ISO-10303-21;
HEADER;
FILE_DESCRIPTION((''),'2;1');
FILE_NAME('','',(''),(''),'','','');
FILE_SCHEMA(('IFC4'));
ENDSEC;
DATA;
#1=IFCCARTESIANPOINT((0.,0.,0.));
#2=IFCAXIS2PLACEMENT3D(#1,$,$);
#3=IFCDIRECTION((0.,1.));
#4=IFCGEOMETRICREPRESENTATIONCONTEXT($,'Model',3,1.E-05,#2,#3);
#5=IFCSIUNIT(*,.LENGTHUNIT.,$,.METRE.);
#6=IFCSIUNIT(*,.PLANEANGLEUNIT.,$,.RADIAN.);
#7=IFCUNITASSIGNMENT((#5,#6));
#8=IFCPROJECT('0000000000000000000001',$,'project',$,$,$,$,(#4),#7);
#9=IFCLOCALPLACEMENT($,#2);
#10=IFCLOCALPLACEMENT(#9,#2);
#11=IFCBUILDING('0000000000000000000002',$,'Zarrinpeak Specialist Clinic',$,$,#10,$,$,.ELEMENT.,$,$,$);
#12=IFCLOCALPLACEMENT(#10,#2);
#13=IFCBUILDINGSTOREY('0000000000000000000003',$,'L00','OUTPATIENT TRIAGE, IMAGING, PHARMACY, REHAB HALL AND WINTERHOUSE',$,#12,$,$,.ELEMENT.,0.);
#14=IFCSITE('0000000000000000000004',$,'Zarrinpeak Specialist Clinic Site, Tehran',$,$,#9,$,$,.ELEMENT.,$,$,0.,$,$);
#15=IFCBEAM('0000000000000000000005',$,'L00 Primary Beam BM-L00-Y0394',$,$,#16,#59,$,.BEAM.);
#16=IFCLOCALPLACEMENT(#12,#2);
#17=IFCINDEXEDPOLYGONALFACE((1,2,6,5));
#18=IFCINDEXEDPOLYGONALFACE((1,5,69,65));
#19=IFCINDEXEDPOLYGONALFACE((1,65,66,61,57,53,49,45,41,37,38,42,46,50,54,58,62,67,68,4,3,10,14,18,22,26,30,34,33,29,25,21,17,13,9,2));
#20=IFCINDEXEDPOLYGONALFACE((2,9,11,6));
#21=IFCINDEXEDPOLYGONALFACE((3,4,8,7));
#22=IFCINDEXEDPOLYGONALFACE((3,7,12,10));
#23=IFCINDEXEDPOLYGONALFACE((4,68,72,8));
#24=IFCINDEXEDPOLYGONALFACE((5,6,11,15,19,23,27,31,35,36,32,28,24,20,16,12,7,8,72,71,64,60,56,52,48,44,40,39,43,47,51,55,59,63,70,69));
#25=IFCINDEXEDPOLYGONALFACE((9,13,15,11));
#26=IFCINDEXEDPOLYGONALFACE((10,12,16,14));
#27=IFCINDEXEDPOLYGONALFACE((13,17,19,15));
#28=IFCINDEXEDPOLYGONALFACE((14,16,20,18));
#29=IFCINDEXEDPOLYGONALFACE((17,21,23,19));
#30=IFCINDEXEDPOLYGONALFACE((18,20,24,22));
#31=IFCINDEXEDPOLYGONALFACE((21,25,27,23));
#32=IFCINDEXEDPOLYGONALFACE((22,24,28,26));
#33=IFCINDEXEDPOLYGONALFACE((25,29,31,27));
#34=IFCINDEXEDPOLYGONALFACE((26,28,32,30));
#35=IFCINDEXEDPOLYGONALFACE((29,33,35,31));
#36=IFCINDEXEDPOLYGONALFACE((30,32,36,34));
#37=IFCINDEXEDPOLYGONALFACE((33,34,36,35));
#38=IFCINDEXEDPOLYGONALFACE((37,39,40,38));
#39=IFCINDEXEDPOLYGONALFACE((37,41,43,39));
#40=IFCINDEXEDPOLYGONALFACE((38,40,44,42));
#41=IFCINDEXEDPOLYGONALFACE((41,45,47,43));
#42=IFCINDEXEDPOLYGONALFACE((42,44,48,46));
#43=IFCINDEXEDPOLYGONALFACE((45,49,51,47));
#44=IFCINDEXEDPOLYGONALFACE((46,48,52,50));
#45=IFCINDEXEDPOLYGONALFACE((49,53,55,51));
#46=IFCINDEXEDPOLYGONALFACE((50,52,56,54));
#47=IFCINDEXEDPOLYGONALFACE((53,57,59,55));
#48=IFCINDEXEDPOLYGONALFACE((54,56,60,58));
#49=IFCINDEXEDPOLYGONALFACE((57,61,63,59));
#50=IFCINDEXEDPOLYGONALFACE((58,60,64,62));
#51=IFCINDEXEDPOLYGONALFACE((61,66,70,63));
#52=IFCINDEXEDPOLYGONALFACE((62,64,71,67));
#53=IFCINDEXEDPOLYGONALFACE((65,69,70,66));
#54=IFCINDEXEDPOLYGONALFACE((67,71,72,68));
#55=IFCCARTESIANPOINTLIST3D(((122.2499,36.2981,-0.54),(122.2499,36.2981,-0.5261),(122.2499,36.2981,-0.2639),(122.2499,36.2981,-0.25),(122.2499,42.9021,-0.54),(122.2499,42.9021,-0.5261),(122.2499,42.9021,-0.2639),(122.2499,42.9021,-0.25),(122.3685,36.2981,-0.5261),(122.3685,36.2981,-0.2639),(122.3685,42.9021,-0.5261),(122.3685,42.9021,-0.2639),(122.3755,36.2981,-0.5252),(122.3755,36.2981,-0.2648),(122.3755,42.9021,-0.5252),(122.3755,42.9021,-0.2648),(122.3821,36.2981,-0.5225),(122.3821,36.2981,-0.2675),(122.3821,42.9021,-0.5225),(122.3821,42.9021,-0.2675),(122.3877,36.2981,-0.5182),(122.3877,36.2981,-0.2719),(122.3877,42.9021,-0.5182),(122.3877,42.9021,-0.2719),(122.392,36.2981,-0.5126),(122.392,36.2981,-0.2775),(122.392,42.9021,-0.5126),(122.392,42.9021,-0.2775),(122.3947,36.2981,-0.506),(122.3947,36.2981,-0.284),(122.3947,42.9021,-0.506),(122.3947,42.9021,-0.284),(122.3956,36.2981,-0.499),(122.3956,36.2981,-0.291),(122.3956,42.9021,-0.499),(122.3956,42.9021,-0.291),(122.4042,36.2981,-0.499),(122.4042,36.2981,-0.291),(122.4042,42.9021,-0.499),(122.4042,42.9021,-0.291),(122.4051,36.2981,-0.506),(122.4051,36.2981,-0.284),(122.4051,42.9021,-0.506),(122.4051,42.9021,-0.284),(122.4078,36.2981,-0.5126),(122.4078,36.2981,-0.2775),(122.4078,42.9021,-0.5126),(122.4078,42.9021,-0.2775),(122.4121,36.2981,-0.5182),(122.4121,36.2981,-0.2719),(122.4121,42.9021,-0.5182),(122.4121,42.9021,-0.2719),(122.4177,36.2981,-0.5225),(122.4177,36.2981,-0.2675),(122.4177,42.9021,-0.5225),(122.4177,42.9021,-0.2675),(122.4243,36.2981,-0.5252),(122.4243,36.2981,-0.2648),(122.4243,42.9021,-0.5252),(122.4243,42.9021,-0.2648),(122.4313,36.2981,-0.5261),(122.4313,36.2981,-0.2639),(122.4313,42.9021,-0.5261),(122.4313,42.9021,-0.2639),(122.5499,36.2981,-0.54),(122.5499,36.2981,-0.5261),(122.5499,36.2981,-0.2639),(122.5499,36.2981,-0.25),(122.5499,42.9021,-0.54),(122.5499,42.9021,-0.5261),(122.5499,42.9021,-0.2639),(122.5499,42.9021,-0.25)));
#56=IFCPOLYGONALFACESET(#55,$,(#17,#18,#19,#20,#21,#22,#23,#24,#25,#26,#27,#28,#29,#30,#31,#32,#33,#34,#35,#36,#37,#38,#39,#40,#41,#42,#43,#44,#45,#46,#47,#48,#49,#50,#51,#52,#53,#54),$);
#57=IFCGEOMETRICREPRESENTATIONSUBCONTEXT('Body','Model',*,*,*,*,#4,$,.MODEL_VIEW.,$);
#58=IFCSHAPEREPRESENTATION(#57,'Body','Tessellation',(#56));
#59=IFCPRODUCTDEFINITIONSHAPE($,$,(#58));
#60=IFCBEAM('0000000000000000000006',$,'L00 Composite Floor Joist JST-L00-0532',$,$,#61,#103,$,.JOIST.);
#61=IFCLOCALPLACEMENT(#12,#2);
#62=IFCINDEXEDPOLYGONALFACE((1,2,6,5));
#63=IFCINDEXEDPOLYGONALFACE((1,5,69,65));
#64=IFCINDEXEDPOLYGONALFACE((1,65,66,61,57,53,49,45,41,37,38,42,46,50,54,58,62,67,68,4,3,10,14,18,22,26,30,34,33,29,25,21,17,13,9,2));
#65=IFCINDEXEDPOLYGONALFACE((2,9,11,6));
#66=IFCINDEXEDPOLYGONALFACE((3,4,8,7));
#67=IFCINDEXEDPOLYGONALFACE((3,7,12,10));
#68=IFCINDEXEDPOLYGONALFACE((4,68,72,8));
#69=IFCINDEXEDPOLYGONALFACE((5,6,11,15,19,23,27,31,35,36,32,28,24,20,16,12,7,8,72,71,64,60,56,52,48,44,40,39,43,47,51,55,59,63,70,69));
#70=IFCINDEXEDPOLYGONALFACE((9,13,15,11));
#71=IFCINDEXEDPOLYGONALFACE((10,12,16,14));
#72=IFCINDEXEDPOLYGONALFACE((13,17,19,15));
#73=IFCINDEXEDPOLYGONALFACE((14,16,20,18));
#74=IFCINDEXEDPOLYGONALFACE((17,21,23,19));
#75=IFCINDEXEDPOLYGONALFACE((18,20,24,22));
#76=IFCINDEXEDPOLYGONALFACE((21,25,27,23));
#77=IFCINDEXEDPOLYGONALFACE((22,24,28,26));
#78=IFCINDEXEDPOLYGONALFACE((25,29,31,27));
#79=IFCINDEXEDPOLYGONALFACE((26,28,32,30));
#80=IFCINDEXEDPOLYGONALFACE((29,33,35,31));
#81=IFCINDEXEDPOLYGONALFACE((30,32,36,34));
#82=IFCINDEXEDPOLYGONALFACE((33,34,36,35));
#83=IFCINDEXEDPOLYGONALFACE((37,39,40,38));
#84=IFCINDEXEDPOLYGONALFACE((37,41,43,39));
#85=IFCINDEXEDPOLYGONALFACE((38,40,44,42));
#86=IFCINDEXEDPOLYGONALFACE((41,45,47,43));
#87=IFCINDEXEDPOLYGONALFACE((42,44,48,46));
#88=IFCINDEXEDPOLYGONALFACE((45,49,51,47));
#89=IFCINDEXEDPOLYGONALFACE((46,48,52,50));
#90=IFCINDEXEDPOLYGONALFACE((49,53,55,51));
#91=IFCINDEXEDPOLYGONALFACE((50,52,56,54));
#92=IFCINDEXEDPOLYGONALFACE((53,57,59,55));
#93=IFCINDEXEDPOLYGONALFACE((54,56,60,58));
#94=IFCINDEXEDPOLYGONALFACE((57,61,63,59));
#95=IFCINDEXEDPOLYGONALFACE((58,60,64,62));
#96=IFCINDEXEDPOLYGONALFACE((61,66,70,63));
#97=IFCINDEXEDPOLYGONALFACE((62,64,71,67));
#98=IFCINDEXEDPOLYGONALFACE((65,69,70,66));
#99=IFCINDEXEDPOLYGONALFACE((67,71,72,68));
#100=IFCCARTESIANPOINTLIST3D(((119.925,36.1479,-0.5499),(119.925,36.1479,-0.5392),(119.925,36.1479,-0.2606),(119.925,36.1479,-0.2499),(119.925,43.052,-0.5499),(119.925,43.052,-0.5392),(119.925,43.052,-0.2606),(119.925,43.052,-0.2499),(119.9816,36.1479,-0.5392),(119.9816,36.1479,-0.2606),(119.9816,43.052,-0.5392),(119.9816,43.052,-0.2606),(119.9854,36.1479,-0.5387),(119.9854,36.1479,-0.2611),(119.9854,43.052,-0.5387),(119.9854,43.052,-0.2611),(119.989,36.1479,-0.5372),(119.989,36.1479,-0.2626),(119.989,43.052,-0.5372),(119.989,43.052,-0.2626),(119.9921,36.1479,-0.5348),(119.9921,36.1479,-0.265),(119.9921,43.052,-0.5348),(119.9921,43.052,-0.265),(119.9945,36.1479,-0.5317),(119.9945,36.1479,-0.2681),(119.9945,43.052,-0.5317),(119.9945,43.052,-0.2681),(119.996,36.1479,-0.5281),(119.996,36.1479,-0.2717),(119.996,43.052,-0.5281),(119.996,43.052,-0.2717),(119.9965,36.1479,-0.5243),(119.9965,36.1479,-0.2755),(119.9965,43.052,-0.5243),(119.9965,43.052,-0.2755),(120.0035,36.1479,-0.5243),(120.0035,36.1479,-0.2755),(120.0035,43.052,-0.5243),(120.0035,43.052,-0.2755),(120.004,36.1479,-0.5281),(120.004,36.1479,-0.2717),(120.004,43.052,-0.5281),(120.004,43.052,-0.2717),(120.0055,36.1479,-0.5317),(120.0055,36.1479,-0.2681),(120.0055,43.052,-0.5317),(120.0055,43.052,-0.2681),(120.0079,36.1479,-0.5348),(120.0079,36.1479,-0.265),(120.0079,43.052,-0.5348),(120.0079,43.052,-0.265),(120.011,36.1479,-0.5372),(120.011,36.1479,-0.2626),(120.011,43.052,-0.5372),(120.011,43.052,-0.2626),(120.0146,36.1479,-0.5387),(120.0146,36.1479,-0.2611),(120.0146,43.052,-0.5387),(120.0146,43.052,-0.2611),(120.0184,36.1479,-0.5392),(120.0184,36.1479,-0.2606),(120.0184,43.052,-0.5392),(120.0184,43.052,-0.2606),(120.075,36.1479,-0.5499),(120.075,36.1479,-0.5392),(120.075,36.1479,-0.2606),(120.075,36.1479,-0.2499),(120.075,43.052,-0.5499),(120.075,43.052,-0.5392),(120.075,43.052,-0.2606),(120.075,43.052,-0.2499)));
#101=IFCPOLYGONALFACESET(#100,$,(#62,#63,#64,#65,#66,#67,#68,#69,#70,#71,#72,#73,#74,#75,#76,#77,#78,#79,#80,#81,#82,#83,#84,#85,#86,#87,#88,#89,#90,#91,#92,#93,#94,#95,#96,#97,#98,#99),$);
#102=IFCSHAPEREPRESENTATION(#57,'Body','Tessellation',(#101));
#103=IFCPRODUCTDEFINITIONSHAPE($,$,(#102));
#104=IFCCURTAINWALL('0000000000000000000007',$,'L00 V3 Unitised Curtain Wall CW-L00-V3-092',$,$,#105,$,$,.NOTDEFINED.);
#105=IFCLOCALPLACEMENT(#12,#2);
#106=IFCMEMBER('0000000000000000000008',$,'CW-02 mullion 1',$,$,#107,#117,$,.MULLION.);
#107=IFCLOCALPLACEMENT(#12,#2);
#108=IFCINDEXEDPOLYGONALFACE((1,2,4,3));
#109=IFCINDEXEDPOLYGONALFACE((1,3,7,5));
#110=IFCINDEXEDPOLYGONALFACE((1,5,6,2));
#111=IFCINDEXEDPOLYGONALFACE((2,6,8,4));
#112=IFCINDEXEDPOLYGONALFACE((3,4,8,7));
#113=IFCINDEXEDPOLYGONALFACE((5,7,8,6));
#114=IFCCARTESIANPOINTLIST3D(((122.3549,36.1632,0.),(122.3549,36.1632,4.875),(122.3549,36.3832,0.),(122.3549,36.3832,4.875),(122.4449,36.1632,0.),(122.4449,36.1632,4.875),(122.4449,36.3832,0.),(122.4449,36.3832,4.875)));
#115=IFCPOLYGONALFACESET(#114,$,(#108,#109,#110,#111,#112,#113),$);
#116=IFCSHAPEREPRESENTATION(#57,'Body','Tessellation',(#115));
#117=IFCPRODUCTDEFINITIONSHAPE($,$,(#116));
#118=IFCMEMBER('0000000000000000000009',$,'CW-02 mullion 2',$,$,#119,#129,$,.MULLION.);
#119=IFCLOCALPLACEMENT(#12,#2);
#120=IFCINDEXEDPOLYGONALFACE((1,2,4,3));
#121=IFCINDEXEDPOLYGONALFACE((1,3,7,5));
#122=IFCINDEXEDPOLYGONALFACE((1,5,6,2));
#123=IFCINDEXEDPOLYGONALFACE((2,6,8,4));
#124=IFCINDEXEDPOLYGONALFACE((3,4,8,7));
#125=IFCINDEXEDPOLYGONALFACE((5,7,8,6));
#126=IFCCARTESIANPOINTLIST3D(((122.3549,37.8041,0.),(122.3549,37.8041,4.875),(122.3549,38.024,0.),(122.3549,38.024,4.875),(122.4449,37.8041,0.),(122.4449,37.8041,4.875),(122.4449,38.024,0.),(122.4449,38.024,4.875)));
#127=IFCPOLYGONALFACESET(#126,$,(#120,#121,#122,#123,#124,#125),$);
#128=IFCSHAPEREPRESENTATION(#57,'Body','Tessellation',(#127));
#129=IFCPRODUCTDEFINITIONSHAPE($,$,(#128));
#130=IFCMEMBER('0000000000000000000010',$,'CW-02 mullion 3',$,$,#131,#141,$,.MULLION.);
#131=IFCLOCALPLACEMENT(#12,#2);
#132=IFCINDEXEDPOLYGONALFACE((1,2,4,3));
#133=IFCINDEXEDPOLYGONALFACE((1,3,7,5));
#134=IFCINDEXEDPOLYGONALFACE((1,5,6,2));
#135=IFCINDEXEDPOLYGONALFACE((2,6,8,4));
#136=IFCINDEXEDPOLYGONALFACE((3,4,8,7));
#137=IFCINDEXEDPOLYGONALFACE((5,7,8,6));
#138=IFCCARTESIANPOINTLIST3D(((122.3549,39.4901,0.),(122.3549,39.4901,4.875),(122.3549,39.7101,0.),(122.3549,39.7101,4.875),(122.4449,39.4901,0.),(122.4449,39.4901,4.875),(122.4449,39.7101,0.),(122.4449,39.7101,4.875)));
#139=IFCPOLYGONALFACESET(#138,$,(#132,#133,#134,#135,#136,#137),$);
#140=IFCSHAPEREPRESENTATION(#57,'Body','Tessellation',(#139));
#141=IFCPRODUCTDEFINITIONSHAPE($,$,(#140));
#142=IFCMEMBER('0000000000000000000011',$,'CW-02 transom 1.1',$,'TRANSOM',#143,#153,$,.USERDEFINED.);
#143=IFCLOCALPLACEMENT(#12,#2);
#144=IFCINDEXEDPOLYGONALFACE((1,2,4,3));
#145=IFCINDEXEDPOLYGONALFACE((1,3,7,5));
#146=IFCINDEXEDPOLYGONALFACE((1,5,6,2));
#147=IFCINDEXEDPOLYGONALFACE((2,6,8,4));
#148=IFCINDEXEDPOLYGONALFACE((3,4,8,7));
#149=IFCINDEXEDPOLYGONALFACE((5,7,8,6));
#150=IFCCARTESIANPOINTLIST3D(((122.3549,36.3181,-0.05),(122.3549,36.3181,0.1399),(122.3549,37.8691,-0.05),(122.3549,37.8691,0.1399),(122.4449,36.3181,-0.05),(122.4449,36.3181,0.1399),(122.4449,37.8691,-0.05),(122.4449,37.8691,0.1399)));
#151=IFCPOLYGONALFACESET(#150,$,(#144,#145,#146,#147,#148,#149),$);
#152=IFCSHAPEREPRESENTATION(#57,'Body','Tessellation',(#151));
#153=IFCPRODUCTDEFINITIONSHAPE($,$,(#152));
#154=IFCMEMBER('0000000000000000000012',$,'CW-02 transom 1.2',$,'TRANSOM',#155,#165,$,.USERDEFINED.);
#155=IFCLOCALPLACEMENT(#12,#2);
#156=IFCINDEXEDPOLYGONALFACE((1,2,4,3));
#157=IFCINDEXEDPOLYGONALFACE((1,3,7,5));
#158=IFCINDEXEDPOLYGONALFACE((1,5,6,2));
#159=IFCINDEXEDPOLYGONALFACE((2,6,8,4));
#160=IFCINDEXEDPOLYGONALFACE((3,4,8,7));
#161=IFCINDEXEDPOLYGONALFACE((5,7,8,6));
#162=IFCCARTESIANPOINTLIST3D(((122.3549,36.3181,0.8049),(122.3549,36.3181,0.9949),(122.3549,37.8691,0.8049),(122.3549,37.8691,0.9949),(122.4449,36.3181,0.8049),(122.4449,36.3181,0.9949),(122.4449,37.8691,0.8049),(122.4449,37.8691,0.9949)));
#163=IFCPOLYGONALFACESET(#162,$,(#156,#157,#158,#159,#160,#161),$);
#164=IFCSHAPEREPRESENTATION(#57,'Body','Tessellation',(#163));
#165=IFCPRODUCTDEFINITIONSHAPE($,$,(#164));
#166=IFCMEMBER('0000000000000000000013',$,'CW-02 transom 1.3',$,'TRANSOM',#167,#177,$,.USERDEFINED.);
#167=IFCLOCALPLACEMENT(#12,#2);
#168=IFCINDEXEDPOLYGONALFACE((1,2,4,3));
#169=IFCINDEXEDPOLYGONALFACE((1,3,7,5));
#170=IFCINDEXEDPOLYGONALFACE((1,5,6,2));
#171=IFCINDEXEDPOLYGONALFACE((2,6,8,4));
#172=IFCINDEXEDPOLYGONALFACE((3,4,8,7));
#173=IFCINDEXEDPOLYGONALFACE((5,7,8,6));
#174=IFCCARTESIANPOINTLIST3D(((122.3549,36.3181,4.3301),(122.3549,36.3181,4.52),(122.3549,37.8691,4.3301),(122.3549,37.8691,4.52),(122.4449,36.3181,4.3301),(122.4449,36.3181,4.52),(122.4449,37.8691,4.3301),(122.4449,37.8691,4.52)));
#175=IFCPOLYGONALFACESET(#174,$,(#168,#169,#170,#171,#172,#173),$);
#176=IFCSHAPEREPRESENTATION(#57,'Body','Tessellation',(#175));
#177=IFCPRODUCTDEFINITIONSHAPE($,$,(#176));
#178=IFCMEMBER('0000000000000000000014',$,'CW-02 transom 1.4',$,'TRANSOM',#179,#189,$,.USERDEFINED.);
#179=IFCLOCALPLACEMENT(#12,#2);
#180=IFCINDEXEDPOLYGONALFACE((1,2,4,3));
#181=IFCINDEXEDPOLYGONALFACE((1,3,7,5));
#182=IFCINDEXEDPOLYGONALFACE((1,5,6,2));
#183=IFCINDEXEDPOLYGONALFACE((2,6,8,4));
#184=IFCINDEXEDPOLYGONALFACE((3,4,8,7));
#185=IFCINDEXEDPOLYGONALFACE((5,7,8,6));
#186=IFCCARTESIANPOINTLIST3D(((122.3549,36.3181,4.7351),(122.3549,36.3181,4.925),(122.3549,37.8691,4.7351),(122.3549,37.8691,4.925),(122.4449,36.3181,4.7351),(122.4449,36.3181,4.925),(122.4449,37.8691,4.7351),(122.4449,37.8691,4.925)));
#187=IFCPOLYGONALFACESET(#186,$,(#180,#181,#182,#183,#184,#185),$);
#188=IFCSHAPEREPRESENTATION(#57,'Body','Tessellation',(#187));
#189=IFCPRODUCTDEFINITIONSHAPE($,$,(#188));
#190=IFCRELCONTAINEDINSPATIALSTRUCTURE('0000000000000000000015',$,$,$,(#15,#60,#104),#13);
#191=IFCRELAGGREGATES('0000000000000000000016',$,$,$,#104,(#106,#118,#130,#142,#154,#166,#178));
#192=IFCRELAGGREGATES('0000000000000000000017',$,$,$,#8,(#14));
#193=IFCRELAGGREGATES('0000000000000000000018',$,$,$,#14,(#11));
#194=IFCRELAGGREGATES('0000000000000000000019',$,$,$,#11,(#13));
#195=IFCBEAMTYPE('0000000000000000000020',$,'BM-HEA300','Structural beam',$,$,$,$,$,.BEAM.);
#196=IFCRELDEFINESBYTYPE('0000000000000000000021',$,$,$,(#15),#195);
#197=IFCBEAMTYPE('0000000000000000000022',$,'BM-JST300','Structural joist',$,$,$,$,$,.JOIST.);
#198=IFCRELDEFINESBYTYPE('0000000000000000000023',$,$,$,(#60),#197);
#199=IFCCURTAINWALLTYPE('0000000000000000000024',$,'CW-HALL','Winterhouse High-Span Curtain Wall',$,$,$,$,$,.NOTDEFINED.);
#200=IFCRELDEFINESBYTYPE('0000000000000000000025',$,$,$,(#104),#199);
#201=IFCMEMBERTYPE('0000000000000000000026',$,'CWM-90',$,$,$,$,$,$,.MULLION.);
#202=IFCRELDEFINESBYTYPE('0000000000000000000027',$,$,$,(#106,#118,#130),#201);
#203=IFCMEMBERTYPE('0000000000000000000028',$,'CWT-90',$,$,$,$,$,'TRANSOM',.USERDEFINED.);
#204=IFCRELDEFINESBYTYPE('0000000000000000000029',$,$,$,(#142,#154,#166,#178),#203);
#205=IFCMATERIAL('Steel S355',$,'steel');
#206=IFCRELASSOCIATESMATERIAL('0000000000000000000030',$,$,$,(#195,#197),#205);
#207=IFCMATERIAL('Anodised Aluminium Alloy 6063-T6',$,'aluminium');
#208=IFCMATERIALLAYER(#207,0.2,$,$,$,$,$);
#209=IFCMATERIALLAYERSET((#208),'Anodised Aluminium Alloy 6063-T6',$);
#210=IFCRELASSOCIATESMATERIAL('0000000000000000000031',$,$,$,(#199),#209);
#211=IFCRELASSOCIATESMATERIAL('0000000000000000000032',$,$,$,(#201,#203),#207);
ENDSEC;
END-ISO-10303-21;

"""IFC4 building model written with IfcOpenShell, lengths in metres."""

from ifc_helpers import new_model, si_unit, direction, frame, origin, origin_2d, place, context, subcontext, project, spatial, rectangle, i_section, extrude, material, layer, layer_set, material_profile, profile_set, type_object, element, aggregate, save


model = new_model("IFC4")

# Units and contexts
model_context = context("Model", 3, precision=1e-05, world=origin(), true_north=direction((0.0, 1.0)))
body_context = subcontext(model_context, "Body", "Model", "MODEL_VIEW")
ifc_project = project(units=[si_unit("LENGTHUNIT", "METRE"), si_unit("PLANEANGLEUNIT", "RADIAN")], contexts=[model_context])

# Site, building, storey
site_placement = place(None, origin())
site = spatial("IfcSite", under=ifc_project, at=site_placement, Name="Zarrinpeak Specialist Clinic Site, Tehran", CompositionType="ELEMENT", RefElevation=0.0)
building_placement = place(site_placement, origin())
building = spatial("IfcBuilding", under=site, at=building_placement, Name="Zarrinpeak Specialist Clinic", CompositionType="ELEMENT")
storey_placement = place(building_placement, origin())
storey = spatial("IfcBuildingStorey", under=building, at=storey_placement, Name="L00", Description="OUTPATIENT TRIAGE, IMAGING, PHARMACY, REHAB HALL AND WINTERHOUSE", CompositionType="ELEMENT", Elevation=0.0)

# Beams
ifc_material_1 = material(Name="Steel S355", Category="steel")
ifc_material_profile_1 = material_profile(ifc_material_1, i_section(OverallWidth=0.3, OverallDepth=0.29, WebThickness=0.0085, FlangeThickness=0.0139, FilletRadius=0.0271, at=origin_2d()), Name="HEA 300")
ifc_profile_set_1 = profile_set([ifc_material_profile_1], Name="Steel S355")
beam_type_1 = type_object("IfcBeamType", Name="BM-HEA300", Description="Structural beam", PredefinedType="BEAM", material=ifc_profile_set_1)
beam_1_placement = place(storey_placement, frame((122.3999, 36.2981, -0.395), z_axis=(0.0, 1.0, 0.0), x_axis=(-1.0, 0.0, 0.0)))
element("IfcBeam", 1, at=beam_1_placement, inside=storey, type_object=beam_type_1, Name="L00 Primary Beam BM-L00-Y0394", PredefinedType="BEAM", context=body_context, shape_type="SweptSolid", body=[
    extrude(i_section(OverallWidth=0.3, OverallDepth=0.29, WebThickness=0.0085, FlangeThickness=0.0139, FilletRadius=0.0271, at=origin_2d()), origin(), (0.0, 0.0, 1.0), 6.604),
])
ifc_material_profile_2 = material_profile(ifc_material_1, i_section(OverallWidth=0.1499, OverallDepth=0.3, WebThickness=0.0071, FlangeThickness=0.0107, FilletRadius=0.0149, at=origin_2d()), Name="IPE 300")
ifc_profile_set_2 = profile_set([ifc_material_profile_2], Name="Steel S355")
beam_type_2 = type_object("IfcBeamType", Name="BM-JST300", Description="Structural joist", PredefinedType="JOIST", material=ifc_profile_set_2)
beam_2_placement = place(storey_placement, frame((120.0, 36.1479, -0.3999), z_axis=(0.0, 1.0, 0.0), x_axis=(-1.0, 0.0, 0.0)))
element("IfcBeam", 2, at=beam_2_placement, inside=storey, type_object=beam_type_2, Name="L00 Composite Floor Joist JST-L00-0532", PredefinedType="JOIST", context=body_context, shape_type="SweptSolid", body=[
    extrude(i_section(OverallWidth=0.1499, OverallDepth=0.3, WebThickness=0.0071, FlangeThickness=0.0107, FilletRadius=0.0149, at=origin_2d()), origin(), (0.0, 0.0, 1.0), 6.9041),
])

# Curtain wall, members
ifc_material_2 = material(Name="Anodised Aluminium Alloy 6063-T6", Category="aluminium")
ifc_layer_1 = layer(ifc_material_2, 0.2)
ifc_layer_set_1 = layer_set([ifc_layer_1], Name="Anodised Aluminium Alloy 6063-T6")
curtain_wall_type = type_object("IfcCurtainWallType", Name="CW-HALL", Description="Winterhouse High-Span Curtain Wall", PredefinedType="NOTDEFINED", material=ifc_layer_set_1)
curtain_wall_placement = place(storey_placement, origin())
curtain_wall = element("IfcCurtainWall", 3, at=curtain_wall_placement, inside=storey, type_object=curtain_wall_type, Name="L00 V3 Unitised Curtain Wall CW-L00-V3-092", PredefinedType="NOTDEFINED")
ifc_material_profile_3 = material_profile(ifc_material_2, rectangle(XDim=0.0901, YDim=0.22, at=origin_2d()), Name="ALU 90x220")
ifc_profile_set_3 = profile_set([ifc_material_profile_3], Name="Anodised Aluminium Alloy 6063-T6")
member_type_1 = type_object("IfcMemberType", Name="CWM-90", PredefinedType="MULLION", material=ifc_profile_set_3)
member_1_placement = place(storey_placement, frame((122.3999, 36.2732, 0.0), z_axis=(0.0, 0.0, 1.0), x_axis=(-1.0, 0.0, 0.0)))
member_1 = element("IfcMember", 4, at=member_1_placement, type_object=member_type_1, Name="CW-02 mullion 1", PredefinedType="MULLION", context=body_context, shape_type="SweptSolid", body=[
    extrude(rectangle(XDim=0.0901, YDim=0.22, at=origin_2d()), origin(), (0.0, 0.0, 1.0), 4.875),
])
member_2_placement = place(storey_placement, frame((122.3999, 37.9141, 0.0), z_axis=(0.0, 0.0, 1.0), x_axis=(-1.0, 0.0, 0.0)))
member_2 = element("IfcMember", 5, at=member_2_placement, type_object=member_type_1, Name="CW-02 mullion 2", PredefinedType="MULLION", context=body_context, shape_type="SweptSolid", body=[
    extrude(rectangle(XDim=0.0901, YDim=0.22, at=origin_2d()), origin(), (0.0, 0.0, 1.0), 4.875),
])
member_3_placement = place(storey_placement, frame((122.3999, 39.6001, 0.0), z_axis=(0.0, 0.0, 1.0), x_axis=(-1.0, 0.0, 0.0)))
member_3 = element("IfcMember", 6, at=member_3_placement, type_object=member_type_1, Name="CW-02 mullion 3", PredefinedType="MULLION", context=body_context, shape_type="SweptSolid", body=[
    extrude(rectangle(XDim=0.0901, YDim=0.22, at=origin_2d()), origin(), (0.0, 0.0, 1.0), 4.875),
])
ifc_material_profile_4 = material_profile(ifc_material_2, rectangle(XDim=0.0901, YDim=0.1899, at=origin_2d()), Name="ALU 90x190")
ifc_profile_set_4 = profile_set([ifc_material_profile_4], Name="Anodised Aluminium Alloy 6063-T6")
member_type_2 = type_object("IfcMemberType", Name="CWT-90", ElementType="TRANSOM", PredefinedType="USERDEFINED", material=ifc_profile_set_4)
member_4_placement = place(storey_placement, frame((122.3999, 36.3181, 0.0449), z_axis=(0.0, 1.0, 0.0), x_axis=(-1.0, 0.0, 0.0)))
member_4 = element("IfcMember", 7, at=member_4_placement, type_object=member_type_2, Name="CW-02 transom 1.1", ObjectType="TRANSOM", PredefinedType="USERDEFINED", context=body_context, shape_type="SweptSolid", body=[
    extrude(rectangle(XDim=0.0901, YDim=0.1899, at=origin_2d()), origin(), (0.0, 0.0, 1.0), 1.551),
])
member_5_placement = place(storey_placement, frame((122.3999, 36.3181, 0.8999), z_axis=(0.0, 1.0, 0.0), x_axis=(-1.0, 0.0, 0.0)))
member_5 = element("IfcMember", 8, at=member_5_placement, type_object=member_type_2, Name="CW-02 transom 1.2", ObjectType="TRANSOM", PredefinedType="USERDEFINED", context=body_context, shape_type="SweptSolid", body=[
    extrude(rectangle(XDim=0.0901, YDim=0.1899, at=origin_2d()), origin(), (0.0, 0.0, 1.0), 1.551),
])
member_6_placement = place(storey_placement, frame((122.3999, 36.3181, 4.425), z_axis=(0.0, 1.0, 0.0), x_axis=(-1.0, 0.0, 0.0)))
member_6 = element("IfcMember", 9, at=member_6_placement, type_object=member_type_2, Name="CW-02 transom 1.3", ObjectType="TRANSOM", PredefinedType="USERDEFINED", context=body_context, shape_type="SweptSolid", body=[
    extrude(rectangle(XDim=0.0901, YDim=0.1899, at=origin_2d()), origin(), (0.0, 0.0, 1.0), 1.551),
])
member_7_placement = place(storey_placement, frame((122.3999, 36.3181, 4.8301), z_axis=(0.0, 1.0, 0.0), x_axis=(-1.0, 0.0, 0.0)))
member_7 = element("IfcMember", 10, at=member_7_placement, type_object=member_type_2, Name="CW-02 transom 1.4", ObjectType="TRANSOM", PredefinedType="USERDEFINED", context=body_context, shape_type="SweptSolid", body=[
    extrude(rectangle(XDim=0.0901, YDim=0.1899, at=origin_2d()), origin(), (0.0, 0.0, 1.0), 1.551),
])
aggregate(curtain_wall, [member_1, member_2, member_3, member_4, member_5, member_6, member_7])

save(model, "model.ifc")
